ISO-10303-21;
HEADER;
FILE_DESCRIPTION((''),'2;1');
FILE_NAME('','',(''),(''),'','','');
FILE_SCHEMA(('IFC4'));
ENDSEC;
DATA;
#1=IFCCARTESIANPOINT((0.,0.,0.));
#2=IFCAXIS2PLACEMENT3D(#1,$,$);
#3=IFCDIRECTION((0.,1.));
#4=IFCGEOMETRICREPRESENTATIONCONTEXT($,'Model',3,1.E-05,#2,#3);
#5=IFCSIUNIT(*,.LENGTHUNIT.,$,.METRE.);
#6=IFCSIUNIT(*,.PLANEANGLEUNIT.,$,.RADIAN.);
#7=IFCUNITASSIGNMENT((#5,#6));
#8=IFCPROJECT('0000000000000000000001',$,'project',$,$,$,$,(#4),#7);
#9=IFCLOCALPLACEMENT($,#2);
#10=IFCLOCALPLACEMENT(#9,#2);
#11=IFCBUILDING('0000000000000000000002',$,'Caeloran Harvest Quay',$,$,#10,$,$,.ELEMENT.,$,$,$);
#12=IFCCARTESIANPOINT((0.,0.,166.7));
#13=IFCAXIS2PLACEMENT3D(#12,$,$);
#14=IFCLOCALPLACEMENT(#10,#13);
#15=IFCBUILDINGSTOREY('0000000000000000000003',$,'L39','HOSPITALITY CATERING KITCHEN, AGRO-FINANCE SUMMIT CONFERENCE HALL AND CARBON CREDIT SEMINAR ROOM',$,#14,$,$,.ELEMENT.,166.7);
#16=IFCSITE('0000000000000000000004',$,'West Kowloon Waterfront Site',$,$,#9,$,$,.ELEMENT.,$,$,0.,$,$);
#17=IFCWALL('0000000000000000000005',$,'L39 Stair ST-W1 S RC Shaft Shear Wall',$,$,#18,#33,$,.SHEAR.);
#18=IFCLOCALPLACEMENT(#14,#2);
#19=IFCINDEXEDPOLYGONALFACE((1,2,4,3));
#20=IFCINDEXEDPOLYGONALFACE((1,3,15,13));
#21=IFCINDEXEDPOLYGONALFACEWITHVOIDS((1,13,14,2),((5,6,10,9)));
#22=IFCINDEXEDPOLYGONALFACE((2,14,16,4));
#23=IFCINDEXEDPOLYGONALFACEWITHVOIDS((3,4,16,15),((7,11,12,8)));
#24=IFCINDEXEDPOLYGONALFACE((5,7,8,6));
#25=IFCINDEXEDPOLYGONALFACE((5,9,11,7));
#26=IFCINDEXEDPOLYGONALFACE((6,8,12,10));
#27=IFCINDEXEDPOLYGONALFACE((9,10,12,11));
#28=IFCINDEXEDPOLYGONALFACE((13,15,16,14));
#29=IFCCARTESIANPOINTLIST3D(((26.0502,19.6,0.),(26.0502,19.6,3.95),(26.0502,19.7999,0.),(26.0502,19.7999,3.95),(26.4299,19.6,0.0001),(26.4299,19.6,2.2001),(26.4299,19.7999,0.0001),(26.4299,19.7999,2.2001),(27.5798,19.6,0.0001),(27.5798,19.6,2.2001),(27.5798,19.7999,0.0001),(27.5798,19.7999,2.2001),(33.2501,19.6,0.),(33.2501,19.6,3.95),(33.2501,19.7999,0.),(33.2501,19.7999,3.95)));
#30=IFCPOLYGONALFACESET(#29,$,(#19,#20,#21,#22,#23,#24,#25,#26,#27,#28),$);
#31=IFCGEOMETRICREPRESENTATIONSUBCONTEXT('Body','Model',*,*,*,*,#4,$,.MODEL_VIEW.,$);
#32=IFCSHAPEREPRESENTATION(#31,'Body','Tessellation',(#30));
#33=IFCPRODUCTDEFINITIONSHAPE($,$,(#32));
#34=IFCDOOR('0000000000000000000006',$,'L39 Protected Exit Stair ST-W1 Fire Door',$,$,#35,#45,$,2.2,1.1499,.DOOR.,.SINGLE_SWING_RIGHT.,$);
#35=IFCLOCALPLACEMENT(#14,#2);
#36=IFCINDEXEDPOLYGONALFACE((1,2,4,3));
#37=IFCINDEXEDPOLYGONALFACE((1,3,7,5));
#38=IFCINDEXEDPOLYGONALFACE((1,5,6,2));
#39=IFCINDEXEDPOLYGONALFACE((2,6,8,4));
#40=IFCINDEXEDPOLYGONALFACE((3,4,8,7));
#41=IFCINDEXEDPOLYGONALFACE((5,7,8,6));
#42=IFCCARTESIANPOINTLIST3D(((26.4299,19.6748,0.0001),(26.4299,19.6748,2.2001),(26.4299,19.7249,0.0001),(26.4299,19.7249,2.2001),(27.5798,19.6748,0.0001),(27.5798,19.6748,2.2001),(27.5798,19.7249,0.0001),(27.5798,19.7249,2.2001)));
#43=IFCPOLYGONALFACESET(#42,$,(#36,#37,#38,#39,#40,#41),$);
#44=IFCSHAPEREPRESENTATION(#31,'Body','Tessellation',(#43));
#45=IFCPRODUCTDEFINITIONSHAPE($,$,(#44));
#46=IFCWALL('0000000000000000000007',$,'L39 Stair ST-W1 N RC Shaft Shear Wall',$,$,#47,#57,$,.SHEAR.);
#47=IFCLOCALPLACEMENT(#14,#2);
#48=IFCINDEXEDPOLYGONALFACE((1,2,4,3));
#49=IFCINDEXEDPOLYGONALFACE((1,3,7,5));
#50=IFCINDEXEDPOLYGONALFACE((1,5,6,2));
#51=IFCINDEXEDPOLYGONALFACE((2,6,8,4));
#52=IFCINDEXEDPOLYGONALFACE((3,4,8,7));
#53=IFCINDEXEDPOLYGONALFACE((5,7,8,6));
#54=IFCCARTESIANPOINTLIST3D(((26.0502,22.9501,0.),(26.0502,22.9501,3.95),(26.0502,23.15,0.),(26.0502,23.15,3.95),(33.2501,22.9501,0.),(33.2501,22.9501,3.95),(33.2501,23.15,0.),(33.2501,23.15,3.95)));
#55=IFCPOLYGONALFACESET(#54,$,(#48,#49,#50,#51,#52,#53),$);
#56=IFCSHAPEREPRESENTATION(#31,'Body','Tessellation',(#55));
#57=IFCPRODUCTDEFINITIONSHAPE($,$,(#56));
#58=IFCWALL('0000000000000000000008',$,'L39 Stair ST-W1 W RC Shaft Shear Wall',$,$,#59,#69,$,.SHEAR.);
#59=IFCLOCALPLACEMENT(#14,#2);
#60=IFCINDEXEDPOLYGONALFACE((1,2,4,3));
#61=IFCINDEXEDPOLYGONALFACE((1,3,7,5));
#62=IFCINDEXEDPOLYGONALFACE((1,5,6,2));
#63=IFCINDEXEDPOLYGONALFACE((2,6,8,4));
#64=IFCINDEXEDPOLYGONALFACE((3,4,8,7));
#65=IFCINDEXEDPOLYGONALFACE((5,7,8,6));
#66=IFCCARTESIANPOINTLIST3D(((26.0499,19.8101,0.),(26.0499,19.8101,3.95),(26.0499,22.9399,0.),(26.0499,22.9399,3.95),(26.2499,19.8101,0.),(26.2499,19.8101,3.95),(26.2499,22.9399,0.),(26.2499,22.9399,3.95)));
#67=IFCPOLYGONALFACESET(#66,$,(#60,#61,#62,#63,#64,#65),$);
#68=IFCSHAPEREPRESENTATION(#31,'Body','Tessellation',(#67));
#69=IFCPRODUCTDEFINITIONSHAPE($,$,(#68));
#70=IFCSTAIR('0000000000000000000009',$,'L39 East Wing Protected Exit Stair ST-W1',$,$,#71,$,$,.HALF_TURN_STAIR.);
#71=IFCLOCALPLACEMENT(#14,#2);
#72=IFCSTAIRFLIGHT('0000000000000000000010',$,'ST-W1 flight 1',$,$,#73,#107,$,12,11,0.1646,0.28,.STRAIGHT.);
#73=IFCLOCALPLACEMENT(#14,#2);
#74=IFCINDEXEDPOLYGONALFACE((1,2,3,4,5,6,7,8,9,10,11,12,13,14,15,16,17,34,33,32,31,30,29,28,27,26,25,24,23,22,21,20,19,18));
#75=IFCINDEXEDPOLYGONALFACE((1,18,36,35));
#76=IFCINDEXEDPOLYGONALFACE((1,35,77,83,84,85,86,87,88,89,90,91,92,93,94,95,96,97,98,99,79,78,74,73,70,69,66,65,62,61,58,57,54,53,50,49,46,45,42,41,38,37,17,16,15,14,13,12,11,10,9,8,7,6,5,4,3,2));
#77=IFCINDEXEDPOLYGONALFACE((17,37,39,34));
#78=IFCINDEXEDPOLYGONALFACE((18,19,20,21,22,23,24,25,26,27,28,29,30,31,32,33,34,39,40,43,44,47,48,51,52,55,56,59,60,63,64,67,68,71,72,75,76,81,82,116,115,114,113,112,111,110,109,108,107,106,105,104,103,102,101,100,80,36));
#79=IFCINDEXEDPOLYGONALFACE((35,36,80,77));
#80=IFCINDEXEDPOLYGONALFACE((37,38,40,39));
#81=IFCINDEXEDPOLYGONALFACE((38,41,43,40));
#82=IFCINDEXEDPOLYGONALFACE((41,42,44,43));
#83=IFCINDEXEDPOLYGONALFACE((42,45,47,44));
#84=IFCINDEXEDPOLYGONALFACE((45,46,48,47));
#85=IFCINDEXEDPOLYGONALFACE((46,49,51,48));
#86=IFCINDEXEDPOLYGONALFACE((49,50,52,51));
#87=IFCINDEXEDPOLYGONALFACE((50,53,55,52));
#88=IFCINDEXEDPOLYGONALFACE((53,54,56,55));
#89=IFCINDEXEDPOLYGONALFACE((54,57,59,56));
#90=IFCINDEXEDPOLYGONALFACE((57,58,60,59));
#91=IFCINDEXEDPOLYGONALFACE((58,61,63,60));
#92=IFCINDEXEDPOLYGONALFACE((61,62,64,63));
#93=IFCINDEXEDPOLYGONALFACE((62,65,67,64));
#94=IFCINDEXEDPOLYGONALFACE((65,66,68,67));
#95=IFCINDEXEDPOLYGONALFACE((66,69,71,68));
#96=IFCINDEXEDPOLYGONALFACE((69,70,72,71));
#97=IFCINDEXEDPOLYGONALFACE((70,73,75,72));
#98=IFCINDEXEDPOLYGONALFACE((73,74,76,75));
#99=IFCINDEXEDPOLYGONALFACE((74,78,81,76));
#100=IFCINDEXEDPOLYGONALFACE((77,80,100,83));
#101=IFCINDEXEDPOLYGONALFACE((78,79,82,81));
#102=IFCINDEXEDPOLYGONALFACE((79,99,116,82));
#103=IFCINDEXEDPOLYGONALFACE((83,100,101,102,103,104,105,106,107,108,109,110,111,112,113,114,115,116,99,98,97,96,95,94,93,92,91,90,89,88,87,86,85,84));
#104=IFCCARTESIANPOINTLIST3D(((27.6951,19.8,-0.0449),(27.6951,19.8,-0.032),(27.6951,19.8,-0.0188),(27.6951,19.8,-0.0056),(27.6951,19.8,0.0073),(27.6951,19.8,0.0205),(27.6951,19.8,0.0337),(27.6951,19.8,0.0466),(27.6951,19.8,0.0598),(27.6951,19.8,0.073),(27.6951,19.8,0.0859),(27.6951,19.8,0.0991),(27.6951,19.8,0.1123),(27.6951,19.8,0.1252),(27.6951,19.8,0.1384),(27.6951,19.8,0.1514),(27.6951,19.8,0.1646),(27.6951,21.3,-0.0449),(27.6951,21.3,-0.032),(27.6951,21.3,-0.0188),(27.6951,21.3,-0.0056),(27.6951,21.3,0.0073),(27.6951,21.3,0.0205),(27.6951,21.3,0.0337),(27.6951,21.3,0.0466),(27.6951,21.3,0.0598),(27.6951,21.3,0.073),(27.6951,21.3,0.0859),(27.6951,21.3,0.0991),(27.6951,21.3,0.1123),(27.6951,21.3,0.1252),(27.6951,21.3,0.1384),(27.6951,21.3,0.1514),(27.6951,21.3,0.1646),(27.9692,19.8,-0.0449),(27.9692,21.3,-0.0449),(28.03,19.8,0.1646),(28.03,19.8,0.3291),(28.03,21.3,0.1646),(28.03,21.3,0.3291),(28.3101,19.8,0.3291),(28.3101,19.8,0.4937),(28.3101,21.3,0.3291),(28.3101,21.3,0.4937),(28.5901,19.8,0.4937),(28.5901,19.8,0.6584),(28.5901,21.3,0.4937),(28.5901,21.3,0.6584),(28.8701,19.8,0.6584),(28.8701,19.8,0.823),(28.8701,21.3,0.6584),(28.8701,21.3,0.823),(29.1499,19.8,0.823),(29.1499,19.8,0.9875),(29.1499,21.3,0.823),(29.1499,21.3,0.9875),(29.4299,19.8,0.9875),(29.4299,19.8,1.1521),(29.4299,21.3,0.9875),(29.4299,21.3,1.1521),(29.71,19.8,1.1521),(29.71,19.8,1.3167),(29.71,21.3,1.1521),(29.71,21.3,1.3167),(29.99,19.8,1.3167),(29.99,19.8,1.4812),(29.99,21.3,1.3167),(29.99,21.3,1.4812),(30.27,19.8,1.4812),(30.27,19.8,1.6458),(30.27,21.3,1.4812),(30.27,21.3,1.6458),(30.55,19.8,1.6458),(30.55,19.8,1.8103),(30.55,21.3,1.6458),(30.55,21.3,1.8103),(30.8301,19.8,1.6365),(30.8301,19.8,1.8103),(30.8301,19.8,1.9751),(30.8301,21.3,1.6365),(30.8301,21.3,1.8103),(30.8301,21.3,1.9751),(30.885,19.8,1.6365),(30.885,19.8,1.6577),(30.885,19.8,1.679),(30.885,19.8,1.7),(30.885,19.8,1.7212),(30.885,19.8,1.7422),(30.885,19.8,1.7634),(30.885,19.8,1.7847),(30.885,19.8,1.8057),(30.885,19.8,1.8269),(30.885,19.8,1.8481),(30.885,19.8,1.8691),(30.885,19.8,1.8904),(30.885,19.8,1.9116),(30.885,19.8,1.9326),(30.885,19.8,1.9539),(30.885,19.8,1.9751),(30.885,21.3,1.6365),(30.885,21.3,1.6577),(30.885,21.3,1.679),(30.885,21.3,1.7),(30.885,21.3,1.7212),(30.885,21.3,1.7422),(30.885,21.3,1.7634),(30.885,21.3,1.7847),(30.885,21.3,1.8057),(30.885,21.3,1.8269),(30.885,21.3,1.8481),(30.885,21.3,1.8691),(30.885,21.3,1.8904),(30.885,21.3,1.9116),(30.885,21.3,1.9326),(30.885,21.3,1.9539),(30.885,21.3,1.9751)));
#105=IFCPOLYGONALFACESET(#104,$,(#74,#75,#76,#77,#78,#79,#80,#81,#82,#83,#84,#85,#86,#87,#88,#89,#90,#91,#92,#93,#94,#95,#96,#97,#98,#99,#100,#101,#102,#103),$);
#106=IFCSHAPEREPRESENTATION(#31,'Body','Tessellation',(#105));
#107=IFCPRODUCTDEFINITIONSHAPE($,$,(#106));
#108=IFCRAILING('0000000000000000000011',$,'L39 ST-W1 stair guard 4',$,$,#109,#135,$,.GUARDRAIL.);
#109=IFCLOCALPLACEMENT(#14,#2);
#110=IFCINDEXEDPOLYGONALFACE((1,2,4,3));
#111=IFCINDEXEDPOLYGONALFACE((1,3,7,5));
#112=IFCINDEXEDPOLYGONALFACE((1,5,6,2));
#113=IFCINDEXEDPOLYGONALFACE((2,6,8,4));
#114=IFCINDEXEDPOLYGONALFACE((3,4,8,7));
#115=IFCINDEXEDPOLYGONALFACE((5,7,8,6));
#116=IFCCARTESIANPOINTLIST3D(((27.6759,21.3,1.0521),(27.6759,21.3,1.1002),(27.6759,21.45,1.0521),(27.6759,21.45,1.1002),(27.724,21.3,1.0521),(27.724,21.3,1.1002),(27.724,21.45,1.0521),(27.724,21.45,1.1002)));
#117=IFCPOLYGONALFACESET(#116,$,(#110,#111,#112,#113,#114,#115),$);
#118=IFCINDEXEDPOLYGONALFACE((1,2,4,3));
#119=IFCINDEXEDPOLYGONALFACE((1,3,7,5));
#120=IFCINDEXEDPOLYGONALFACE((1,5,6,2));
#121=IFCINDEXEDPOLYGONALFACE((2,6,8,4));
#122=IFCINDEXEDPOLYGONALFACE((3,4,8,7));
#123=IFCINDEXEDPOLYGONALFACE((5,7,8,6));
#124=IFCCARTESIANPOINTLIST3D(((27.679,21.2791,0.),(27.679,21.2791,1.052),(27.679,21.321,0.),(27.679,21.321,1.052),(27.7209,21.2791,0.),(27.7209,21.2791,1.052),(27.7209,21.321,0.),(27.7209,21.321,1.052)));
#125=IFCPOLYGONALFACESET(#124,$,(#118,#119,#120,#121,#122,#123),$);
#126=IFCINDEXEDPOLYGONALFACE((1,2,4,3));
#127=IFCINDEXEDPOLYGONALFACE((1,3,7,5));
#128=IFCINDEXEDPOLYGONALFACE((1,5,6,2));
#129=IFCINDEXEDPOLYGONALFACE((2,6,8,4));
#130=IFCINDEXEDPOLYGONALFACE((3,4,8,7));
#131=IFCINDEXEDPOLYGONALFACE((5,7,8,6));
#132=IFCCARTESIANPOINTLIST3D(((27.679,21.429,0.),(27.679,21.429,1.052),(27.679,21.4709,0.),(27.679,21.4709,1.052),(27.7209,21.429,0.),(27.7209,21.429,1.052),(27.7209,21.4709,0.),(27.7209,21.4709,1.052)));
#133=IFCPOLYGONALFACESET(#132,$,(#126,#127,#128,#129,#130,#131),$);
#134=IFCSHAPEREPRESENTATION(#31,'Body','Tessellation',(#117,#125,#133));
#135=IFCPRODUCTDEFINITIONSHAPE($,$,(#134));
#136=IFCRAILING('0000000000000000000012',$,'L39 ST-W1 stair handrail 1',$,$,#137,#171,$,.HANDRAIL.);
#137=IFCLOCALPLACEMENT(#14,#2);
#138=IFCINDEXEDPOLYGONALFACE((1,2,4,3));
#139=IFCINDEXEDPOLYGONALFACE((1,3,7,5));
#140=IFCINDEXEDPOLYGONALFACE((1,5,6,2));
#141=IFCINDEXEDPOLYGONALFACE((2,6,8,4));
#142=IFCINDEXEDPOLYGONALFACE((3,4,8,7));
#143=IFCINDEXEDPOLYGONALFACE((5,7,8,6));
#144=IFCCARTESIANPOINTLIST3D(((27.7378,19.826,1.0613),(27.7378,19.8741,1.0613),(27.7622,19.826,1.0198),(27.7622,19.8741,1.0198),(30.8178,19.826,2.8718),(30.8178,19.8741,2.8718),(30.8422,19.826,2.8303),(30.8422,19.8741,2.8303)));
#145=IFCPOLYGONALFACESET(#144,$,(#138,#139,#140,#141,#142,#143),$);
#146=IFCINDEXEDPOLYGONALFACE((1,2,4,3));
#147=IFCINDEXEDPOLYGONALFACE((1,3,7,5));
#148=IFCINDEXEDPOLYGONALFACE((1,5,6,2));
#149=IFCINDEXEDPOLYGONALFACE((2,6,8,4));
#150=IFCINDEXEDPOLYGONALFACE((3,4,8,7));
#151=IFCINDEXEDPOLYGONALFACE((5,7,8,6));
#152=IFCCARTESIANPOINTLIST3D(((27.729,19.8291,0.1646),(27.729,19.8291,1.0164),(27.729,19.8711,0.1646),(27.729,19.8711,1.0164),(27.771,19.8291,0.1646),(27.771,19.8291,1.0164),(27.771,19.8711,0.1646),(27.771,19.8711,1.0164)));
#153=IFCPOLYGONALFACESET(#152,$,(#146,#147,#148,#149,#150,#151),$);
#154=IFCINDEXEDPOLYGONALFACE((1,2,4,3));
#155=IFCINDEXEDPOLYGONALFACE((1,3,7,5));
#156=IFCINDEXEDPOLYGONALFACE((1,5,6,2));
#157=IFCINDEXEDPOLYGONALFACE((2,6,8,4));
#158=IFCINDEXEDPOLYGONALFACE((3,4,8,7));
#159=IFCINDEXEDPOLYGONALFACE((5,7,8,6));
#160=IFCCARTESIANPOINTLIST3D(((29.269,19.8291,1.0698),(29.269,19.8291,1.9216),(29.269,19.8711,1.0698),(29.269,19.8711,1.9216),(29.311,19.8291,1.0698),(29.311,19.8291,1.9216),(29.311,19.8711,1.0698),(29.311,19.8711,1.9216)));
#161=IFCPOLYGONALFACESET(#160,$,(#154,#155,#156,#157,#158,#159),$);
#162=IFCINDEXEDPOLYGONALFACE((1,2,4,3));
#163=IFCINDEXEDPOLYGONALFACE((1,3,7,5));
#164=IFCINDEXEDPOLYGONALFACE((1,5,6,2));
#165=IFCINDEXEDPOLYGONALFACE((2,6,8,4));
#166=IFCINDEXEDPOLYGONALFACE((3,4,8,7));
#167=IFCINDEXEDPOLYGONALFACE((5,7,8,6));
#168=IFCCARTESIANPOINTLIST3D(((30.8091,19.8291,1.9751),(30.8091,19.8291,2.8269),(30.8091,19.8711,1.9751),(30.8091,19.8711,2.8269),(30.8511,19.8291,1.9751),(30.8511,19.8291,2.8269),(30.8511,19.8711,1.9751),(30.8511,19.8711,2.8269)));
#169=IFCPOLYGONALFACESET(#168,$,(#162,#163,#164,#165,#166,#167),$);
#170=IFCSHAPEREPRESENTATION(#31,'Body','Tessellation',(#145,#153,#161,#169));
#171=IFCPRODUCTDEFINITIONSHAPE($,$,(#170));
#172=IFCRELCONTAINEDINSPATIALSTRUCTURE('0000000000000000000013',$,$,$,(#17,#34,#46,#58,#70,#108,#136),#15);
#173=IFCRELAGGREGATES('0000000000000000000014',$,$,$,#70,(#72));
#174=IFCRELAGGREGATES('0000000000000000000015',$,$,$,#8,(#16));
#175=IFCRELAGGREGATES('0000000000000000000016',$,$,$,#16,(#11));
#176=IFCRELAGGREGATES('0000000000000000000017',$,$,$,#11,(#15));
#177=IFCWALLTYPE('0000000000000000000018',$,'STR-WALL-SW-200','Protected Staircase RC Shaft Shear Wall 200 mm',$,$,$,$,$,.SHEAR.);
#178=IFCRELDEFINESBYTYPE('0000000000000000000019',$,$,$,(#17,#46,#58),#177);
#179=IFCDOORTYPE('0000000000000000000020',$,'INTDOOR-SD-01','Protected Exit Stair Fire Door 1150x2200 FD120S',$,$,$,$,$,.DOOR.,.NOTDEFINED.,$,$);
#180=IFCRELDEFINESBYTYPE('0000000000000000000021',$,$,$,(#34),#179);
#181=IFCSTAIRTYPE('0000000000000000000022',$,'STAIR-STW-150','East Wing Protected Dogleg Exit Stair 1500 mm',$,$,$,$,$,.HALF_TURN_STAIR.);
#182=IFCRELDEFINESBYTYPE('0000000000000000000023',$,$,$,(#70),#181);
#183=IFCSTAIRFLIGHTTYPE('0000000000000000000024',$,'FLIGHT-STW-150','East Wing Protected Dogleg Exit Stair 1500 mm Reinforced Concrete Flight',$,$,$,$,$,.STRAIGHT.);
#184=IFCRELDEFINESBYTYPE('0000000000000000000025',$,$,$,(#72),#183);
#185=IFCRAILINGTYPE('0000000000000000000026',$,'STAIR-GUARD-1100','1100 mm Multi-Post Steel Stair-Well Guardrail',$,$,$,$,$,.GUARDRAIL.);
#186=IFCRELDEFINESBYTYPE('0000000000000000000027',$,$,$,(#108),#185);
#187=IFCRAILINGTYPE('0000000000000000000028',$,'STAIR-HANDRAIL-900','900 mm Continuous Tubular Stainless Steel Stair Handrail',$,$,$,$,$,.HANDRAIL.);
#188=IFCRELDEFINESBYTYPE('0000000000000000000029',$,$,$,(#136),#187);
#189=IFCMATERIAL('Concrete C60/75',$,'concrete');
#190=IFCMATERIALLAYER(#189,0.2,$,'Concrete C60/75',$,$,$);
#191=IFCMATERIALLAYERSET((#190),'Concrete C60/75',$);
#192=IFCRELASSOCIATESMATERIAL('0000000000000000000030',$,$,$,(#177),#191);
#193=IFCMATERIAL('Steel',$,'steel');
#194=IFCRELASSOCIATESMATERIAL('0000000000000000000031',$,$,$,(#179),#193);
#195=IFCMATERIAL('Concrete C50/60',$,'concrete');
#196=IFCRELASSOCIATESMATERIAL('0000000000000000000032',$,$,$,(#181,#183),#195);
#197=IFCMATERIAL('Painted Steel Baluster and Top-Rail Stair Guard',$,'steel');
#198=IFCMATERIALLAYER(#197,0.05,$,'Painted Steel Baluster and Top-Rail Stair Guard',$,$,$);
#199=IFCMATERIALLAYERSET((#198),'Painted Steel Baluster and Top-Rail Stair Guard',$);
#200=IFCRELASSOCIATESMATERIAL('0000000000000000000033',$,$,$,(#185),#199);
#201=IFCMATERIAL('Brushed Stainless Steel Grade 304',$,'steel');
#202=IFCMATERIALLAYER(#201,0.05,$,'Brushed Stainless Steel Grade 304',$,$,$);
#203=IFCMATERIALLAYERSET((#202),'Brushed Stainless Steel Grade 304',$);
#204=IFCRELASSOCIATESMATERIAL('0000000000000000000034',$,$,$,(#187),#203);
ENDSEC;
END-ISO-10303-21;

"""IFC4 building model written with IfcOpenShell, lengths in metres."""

from ifc_helpers import new_model, si_unit, direction, frame, frame_2d, origin, origin_2d, place, context, subcontext, project, spatial, polyline, rectangle, outline, extrude, material, layer, layer_set, type_object, element, fill, aggregate, save


model = new_model("IFC4")

# Units and contexts
model_context = context("Model", 3, precision=1e-05, world=origin(), true_north=direction((0.0, 1.0)))
body_context = subcontext(model_context, "Body", "Model", "MODEL_VIEW")
ifc_project = project(units=[si_unit("LENGTHUNIT", "METRE"), si_unit("PLANEANGLEUNIT", "RADIAN")], contexts=[model_context])

# Site, building, storey
site_placement = place(None, origin())
site = spatial("IfcSite", under=ifc_project, at=site_placement, Name="West Kowloon Waterfront Site", CompositionType="ELEMENT", RefElevation=0.0)
building_placement = place(site_placement, origin())
building = spatial("IfcBuilding", under=site, at=building_placement, Name="Caeloran Harvest Quay", CompositionType="ELEMENT")
storey_placement = place(building_placement, frame((0.0, 0.0, 166.7)))
storey = spatial("IfcBuildingStorey", under=building, at=storey_placement, Name="L39", Description="HOSPITALITY CATERING KITCHEN, AGRO-FINANCE SUMMIT CONFERENCE HALL AND CARBON CREDIT SEMINAR ROOM", CompositionType="ELEMENT", Elevation=166.7)

# Wall, opening, door
ifc_material_1 = material(Name="Concrete C60/75", Category="concrete")
ifc_layer_1 = layer(ifc_material_1, 0.2, Name="Concrete C60/75")
ifc_layer_set_1 = layer_set([ifc_layer_1], Name="Concrete C60/75")
wall_type_1 = type_object("IfcWallType", Name="STR-WALL-SW-200", Description="Protected Staircase RC Shaft Shear Wall 200 mm", PredefinedType="SHEAR", material=ifc_layer_set_1)
wall_1_placement = place(storey_placement, frame((26.05, 19.7, 0.0), z_axis=(0.0, 0.0, 1.0), x_axis=(1.0, 0.0, 0.0)))
wall_1 = element("IfcWall", 1, at=wall_1_placement, inside=storey, type_object=wall_type_1, Name="L39 Stair ST-W1 S RC Shaft Shear Wall", PredefinedType="SHEAR", context=body_context, shape_type="SweptSolid", body=[
    extrude(rectangle(XDim=7.2, YDim=0.2, at=frame_2d((3.6001, 0.0))), origin(), (0.0, 0.0, 1.0), 3.95),
])
opening_1_placement = place(wall_1_placement, frame((0.3799, 0.0, 0.0)))
opening_1 = element("IfcOpeningElement", 2, at=opening_1_placement, cuts=wall_1, PredefinedType="OPENING", context=body_context, shape_type="SweptSolid", body=[
    extrude(rectangle(XDim=1.1499, YDim=2.2, at=frame_2d((0.575, 1.1001))), frame((0.0, 0.1099, 0.0), z_axis=(0.0, -1.0, 0.0), x_axis=(1.0, 0.0, 0.0)), (0.0, 0.0, 1.0), 0.22),
])
ifc_material_2 = material(Name="Steel", Category="steel")
door_type_1 = type_object("IfcDoorType", Name="INTDOOR-SD-01", Description="Protected Exit Stair Fire Door 1150x2200 FD120S", OperationType="NOTDEFINED", PredefinedType="DOOR", material=ifc_material_2)
door_1_placement = place(opening_1_placement, origin())
door_1 = element("IfcDoor", 3, at=door_1_placement, inside=storey, type_object=door_type_1, Name="L39 Protected Exit Stair ST-W1 Fire Door", OperationType="SINGLE_SWING_RIGHT", OverallHeight=2.2, OverallWidth=1.1499, PredefinedType="DOOR", context=body_context, shape_type="SweptSolid", body=[
    extrude(rectangle(XDim=1.1499, YDim=2.2, at=frame_2d((0.575, 1.1001))), frame((0.0, 0.0249, 0.0), z_axis=(0.0, -1.0, 0.0), x_axis=(1.0, 0.0, 0.0)), (0.0, 0.0, 1.0), 0.05),
])
fill(opening_1, door_1)

# Walls
wall_2_placement = place(storey_placement, frame((26.05, 23.05, 0.0), z_axis=(0.0, 0.0, 1.0), x_axis=(1.0, 0.0, 0.0)))
element("IfcWall", 4, at=wall_2_placement, inside=storey, type_object=wall_type_1, Name="L39 Stair ST-W1 N RC Shaft Shear Wall", PredefinedType="SHEAR", context=body_context, shape_type="SweptSolid", body=[
    extrude(rectangle(XDim=7.2, YDim=0.2, at=frame_2d((3.6001, 0.0))), origin(), (0.0, 0.0, 1.0), 3.95),
])
wall_3_placement = place(storey_placement, frame((26.1499, 19.8101, 0.0), z_axis=(0.0, 0.0, 1.0), x_axis=(0.0, 1.0, 0.0)))
element("IfcWall", 5, at=wall_3_placement, inside=storey, type_object=wall_type_1, Name="L39 Stair ST-W1 W RC Shaft Shear Wall", PredefinedType="SHEAR", context=body_context, shape_type="SweptSolid", body=[
    extrude(rectangle(XDim=3.1299, YDim=0.2, at=frame_2d((1.5649, 0.0))), origin(), (0.0, 0.0, 1.0), 3.95),
])

# Stair, stair flight
ifc_material_3 = material(Name="Concrete C50/60", Category="concrete")
stair_type = type_object("IfcStairType", Name="STAIR-STW-150", Description="East Wing Protected Dogleg Exit Stair 1500 mm", PredefinedType="HALF_TURN_STAIR", material=ifc_material_3)
stair_placement = place(storey_placement, origin())
stair = element("IfcStair", 6, at=stair_placement, inside=storey, type_object=stair_type, Name="L39 East Wing Protected Exit Stair ST-W1", PredefinedType="HALF_TURN_STAIR")
stair_flight_type = type_object("IfcStairFlightType", Name="FLIGHT-STW-150", Description="East Wing Protected Dogleg Exit Stair 1500 mm Reinforced Concrete Flight", PredefinedType="STRAIGHT", material=ifc_material_3)
stair_flight_placement = place(storey_placement, frame((27.75, 20.55, 0.0), z_axis=(0.0, 0.0, 1.0), x_axis=(1.0, 0.0, 0.0)))
stair_flight = element("IfcStairFlight", 7, at=stair_flight_placement, type_object=stair_flight_type, Name="ST-W1 flight 1", NumberOfRisers=12, NumberOfTreads=11, PredefinedType="STRAIGHT", RiserHeight=0.1646, TreadLength=0.28, context=body_context, shape_type="SweptSolid", body=[
    extrude(outline(polyline([(-0.0549, -0.0449), (-0.0549, -0.032), (-0.0549, -0.0188), (-0.0549, -0.0056), (-0.0549, 0.0073), (-0.0549, 0.0205), (-0.0549, 0.0337), (-0.0549, 0.0466), (-0.0549, 0.0598), (-0.0549, 0.073), (-0.0549, 0.0859), (-0.0549, 0.0991), (-0.0549, 0.1123), (-0.0549, 0.1252), (-0.0549, 0.1384), (-0.0549, 0.1514), (-0.0549, 0.1646), (0.28, 0.1646), (0.28, 0.3291), (0.5601, 0.3291), (0.5601, 0.4937), (0.8401, 0.4937), (0.8401, 0.6584), (1.1201, 0.6584), (1.1201, 0.823), (1.3999, 0.823), (1.3999, 0.9875), (1.6799, 0.9875), (1.6799, 1.1521), (1.96, 1.1521), (1.96, 1.3167), (2.24, 1.3167), (2.24, 1.4812), (2.52, 1.4812), (2.52, 1.6458), (2.8, 1.6458), (2.8, 1.8103), (3.0801, 1.8103), (3.0801, 1.9751), (3.135, 1.9751), (3.135, 1.9539), (3.135, 1.9326), (3.135, 1.9116), (3.135, 1.8904), (3.135, 1.8691), (3.135, 1.8481), (3.135, 1.8269), (3.135, 1.8057), (3.135, 1.7847), (3.135, 1.7634), (3.135, 1.7422), (3.135, 1.7212), (3.135, 1.7), (3.135, 1.679), (3.135, 1.6577), (3.135, 1.6365), (3.0801, 1.6365), (0.2192, -0.0449), (-0.0549, -0.0449)])), frame((0.0, 0.75, 0.0), z_axis=(0.0, -1.0, 0.0), x_axis=(1.0, 0.0, 0.0)), (0.0, 0.0, 1.0), 1.5),
])
aggregate(stair, [stair_flight])

# Railings
ifc_material_4 = material(Name="Painted Steel Baluster and Top-Rail Stair Guard", Category="steel")
ifc_layer_2 = layer(ifc_material_4, 0.05, Name="Painted Steel Baluster and Top-Rail Stair Guard")
ifc_layer_set_2 = layer_set([ifc_layer_2], Name="Painted Steel Baluster and Top-Rail Stair Guard")
railing_type_1 = type_object("IfcRailingType", Name="STAIR-GUARD-1100", Description="1100 mm Multi-Post Steel Stair-Well Guardrail", PredefinedType="GUARDRAIL", material=ifc_layer_set_2)
railing_1_placement = place(storey_placement, frame((27.7, 21.3, 0.0)))
element("IfcRailing", 8, at=railing_1_placement, inside=storey, type_object=railing_type_1, Name="L39 ST-W1 stair guard 4", PredefinedType="GUARDRAIL", context=body_context, shape_type="SweptSolid", body=[
    extrude(rectangle(XDim=0.0481, YDim=0.0481, at=origin_2d()), frame((0.0, 0.0, 1.0762), z_axis=(0.0, 1.0, 0.0), x_axis=(-1.0, 0.0, 0.0)), (0.0, 0.0, 1.0), 0.1499),
    extrude(rectangle(XDim=0.042, YDim=0.042, at=origin_2d()), origin(), (0.0, 0.0, 1.0), 1.052),
    extrude(rectangle(XDim=0.042, YDim=0.042, at=origin_2d()), frame((0.0, 0.1499, 0.0)), (0.0, 0.0, 1.0), 1.052),
])
ifc_material_5 = material(Name="Brushed Stainless Steel Grade 304", Category="steel")
ifc_layer_3 = layer(ifc_material_5, 0.05, Name="Brushed Stainless Steel Grade 304")
ifc_layer_set_3 = layer_set([ifc_layer_3], Name="Brushed Stainless Steel Grade 304")
railing_type_2 = type_object("IfcRailingType", Name="STAIR-HANDRAIL-900", Description="900 mm Continuous Tubular Stainless Steel Stair Handrail", PredefinedType="HANDRAIL", material=ifc_layer_set_3)
railing_2_placement = place(storey_placement, frame((27.75, 19.8501, 0.1646)))
element("IfcRailing", 9, at=railing_2_placement, inside=storey, type_object=railing_type_2, Name="L39 ST-W1 stair handrail 1", PredefinedType="HANDRAIL", context=body_context, shape_type="SweptSolid", body=[
    extrude(rectangle(XDim=0.0481, YDim=0.0481, at=origin_2d()), frame((0.0, 0.0, 0.876), z_axis=(0.862089, 0.0, 0.506757), x_axis=(0.0, 1.0, 0.0)), (0.0, 0.0, 1.0), 3.5728),
    extrude(rectangle(XDim=0.042, YDim=0.042, at=origin_2d()), origin(), (0.0, 0.0, 1.0), 0.8518),
    extrude(rectangle(XDim=0.042, YDim=0.042, at=origin_2d()), frame((1.54, 0.0, 0.9053)), (0.0, 0.0, 1.0), 0.8518),
    extrude(rectangle(XDim=0.042, YDim=0.042, at=origin_2d()), frame((3.0801, 0.0, 1.8105)), (0.0, 0.0, 1.0), 0.8518),
])

save(model, "model.ifc")
